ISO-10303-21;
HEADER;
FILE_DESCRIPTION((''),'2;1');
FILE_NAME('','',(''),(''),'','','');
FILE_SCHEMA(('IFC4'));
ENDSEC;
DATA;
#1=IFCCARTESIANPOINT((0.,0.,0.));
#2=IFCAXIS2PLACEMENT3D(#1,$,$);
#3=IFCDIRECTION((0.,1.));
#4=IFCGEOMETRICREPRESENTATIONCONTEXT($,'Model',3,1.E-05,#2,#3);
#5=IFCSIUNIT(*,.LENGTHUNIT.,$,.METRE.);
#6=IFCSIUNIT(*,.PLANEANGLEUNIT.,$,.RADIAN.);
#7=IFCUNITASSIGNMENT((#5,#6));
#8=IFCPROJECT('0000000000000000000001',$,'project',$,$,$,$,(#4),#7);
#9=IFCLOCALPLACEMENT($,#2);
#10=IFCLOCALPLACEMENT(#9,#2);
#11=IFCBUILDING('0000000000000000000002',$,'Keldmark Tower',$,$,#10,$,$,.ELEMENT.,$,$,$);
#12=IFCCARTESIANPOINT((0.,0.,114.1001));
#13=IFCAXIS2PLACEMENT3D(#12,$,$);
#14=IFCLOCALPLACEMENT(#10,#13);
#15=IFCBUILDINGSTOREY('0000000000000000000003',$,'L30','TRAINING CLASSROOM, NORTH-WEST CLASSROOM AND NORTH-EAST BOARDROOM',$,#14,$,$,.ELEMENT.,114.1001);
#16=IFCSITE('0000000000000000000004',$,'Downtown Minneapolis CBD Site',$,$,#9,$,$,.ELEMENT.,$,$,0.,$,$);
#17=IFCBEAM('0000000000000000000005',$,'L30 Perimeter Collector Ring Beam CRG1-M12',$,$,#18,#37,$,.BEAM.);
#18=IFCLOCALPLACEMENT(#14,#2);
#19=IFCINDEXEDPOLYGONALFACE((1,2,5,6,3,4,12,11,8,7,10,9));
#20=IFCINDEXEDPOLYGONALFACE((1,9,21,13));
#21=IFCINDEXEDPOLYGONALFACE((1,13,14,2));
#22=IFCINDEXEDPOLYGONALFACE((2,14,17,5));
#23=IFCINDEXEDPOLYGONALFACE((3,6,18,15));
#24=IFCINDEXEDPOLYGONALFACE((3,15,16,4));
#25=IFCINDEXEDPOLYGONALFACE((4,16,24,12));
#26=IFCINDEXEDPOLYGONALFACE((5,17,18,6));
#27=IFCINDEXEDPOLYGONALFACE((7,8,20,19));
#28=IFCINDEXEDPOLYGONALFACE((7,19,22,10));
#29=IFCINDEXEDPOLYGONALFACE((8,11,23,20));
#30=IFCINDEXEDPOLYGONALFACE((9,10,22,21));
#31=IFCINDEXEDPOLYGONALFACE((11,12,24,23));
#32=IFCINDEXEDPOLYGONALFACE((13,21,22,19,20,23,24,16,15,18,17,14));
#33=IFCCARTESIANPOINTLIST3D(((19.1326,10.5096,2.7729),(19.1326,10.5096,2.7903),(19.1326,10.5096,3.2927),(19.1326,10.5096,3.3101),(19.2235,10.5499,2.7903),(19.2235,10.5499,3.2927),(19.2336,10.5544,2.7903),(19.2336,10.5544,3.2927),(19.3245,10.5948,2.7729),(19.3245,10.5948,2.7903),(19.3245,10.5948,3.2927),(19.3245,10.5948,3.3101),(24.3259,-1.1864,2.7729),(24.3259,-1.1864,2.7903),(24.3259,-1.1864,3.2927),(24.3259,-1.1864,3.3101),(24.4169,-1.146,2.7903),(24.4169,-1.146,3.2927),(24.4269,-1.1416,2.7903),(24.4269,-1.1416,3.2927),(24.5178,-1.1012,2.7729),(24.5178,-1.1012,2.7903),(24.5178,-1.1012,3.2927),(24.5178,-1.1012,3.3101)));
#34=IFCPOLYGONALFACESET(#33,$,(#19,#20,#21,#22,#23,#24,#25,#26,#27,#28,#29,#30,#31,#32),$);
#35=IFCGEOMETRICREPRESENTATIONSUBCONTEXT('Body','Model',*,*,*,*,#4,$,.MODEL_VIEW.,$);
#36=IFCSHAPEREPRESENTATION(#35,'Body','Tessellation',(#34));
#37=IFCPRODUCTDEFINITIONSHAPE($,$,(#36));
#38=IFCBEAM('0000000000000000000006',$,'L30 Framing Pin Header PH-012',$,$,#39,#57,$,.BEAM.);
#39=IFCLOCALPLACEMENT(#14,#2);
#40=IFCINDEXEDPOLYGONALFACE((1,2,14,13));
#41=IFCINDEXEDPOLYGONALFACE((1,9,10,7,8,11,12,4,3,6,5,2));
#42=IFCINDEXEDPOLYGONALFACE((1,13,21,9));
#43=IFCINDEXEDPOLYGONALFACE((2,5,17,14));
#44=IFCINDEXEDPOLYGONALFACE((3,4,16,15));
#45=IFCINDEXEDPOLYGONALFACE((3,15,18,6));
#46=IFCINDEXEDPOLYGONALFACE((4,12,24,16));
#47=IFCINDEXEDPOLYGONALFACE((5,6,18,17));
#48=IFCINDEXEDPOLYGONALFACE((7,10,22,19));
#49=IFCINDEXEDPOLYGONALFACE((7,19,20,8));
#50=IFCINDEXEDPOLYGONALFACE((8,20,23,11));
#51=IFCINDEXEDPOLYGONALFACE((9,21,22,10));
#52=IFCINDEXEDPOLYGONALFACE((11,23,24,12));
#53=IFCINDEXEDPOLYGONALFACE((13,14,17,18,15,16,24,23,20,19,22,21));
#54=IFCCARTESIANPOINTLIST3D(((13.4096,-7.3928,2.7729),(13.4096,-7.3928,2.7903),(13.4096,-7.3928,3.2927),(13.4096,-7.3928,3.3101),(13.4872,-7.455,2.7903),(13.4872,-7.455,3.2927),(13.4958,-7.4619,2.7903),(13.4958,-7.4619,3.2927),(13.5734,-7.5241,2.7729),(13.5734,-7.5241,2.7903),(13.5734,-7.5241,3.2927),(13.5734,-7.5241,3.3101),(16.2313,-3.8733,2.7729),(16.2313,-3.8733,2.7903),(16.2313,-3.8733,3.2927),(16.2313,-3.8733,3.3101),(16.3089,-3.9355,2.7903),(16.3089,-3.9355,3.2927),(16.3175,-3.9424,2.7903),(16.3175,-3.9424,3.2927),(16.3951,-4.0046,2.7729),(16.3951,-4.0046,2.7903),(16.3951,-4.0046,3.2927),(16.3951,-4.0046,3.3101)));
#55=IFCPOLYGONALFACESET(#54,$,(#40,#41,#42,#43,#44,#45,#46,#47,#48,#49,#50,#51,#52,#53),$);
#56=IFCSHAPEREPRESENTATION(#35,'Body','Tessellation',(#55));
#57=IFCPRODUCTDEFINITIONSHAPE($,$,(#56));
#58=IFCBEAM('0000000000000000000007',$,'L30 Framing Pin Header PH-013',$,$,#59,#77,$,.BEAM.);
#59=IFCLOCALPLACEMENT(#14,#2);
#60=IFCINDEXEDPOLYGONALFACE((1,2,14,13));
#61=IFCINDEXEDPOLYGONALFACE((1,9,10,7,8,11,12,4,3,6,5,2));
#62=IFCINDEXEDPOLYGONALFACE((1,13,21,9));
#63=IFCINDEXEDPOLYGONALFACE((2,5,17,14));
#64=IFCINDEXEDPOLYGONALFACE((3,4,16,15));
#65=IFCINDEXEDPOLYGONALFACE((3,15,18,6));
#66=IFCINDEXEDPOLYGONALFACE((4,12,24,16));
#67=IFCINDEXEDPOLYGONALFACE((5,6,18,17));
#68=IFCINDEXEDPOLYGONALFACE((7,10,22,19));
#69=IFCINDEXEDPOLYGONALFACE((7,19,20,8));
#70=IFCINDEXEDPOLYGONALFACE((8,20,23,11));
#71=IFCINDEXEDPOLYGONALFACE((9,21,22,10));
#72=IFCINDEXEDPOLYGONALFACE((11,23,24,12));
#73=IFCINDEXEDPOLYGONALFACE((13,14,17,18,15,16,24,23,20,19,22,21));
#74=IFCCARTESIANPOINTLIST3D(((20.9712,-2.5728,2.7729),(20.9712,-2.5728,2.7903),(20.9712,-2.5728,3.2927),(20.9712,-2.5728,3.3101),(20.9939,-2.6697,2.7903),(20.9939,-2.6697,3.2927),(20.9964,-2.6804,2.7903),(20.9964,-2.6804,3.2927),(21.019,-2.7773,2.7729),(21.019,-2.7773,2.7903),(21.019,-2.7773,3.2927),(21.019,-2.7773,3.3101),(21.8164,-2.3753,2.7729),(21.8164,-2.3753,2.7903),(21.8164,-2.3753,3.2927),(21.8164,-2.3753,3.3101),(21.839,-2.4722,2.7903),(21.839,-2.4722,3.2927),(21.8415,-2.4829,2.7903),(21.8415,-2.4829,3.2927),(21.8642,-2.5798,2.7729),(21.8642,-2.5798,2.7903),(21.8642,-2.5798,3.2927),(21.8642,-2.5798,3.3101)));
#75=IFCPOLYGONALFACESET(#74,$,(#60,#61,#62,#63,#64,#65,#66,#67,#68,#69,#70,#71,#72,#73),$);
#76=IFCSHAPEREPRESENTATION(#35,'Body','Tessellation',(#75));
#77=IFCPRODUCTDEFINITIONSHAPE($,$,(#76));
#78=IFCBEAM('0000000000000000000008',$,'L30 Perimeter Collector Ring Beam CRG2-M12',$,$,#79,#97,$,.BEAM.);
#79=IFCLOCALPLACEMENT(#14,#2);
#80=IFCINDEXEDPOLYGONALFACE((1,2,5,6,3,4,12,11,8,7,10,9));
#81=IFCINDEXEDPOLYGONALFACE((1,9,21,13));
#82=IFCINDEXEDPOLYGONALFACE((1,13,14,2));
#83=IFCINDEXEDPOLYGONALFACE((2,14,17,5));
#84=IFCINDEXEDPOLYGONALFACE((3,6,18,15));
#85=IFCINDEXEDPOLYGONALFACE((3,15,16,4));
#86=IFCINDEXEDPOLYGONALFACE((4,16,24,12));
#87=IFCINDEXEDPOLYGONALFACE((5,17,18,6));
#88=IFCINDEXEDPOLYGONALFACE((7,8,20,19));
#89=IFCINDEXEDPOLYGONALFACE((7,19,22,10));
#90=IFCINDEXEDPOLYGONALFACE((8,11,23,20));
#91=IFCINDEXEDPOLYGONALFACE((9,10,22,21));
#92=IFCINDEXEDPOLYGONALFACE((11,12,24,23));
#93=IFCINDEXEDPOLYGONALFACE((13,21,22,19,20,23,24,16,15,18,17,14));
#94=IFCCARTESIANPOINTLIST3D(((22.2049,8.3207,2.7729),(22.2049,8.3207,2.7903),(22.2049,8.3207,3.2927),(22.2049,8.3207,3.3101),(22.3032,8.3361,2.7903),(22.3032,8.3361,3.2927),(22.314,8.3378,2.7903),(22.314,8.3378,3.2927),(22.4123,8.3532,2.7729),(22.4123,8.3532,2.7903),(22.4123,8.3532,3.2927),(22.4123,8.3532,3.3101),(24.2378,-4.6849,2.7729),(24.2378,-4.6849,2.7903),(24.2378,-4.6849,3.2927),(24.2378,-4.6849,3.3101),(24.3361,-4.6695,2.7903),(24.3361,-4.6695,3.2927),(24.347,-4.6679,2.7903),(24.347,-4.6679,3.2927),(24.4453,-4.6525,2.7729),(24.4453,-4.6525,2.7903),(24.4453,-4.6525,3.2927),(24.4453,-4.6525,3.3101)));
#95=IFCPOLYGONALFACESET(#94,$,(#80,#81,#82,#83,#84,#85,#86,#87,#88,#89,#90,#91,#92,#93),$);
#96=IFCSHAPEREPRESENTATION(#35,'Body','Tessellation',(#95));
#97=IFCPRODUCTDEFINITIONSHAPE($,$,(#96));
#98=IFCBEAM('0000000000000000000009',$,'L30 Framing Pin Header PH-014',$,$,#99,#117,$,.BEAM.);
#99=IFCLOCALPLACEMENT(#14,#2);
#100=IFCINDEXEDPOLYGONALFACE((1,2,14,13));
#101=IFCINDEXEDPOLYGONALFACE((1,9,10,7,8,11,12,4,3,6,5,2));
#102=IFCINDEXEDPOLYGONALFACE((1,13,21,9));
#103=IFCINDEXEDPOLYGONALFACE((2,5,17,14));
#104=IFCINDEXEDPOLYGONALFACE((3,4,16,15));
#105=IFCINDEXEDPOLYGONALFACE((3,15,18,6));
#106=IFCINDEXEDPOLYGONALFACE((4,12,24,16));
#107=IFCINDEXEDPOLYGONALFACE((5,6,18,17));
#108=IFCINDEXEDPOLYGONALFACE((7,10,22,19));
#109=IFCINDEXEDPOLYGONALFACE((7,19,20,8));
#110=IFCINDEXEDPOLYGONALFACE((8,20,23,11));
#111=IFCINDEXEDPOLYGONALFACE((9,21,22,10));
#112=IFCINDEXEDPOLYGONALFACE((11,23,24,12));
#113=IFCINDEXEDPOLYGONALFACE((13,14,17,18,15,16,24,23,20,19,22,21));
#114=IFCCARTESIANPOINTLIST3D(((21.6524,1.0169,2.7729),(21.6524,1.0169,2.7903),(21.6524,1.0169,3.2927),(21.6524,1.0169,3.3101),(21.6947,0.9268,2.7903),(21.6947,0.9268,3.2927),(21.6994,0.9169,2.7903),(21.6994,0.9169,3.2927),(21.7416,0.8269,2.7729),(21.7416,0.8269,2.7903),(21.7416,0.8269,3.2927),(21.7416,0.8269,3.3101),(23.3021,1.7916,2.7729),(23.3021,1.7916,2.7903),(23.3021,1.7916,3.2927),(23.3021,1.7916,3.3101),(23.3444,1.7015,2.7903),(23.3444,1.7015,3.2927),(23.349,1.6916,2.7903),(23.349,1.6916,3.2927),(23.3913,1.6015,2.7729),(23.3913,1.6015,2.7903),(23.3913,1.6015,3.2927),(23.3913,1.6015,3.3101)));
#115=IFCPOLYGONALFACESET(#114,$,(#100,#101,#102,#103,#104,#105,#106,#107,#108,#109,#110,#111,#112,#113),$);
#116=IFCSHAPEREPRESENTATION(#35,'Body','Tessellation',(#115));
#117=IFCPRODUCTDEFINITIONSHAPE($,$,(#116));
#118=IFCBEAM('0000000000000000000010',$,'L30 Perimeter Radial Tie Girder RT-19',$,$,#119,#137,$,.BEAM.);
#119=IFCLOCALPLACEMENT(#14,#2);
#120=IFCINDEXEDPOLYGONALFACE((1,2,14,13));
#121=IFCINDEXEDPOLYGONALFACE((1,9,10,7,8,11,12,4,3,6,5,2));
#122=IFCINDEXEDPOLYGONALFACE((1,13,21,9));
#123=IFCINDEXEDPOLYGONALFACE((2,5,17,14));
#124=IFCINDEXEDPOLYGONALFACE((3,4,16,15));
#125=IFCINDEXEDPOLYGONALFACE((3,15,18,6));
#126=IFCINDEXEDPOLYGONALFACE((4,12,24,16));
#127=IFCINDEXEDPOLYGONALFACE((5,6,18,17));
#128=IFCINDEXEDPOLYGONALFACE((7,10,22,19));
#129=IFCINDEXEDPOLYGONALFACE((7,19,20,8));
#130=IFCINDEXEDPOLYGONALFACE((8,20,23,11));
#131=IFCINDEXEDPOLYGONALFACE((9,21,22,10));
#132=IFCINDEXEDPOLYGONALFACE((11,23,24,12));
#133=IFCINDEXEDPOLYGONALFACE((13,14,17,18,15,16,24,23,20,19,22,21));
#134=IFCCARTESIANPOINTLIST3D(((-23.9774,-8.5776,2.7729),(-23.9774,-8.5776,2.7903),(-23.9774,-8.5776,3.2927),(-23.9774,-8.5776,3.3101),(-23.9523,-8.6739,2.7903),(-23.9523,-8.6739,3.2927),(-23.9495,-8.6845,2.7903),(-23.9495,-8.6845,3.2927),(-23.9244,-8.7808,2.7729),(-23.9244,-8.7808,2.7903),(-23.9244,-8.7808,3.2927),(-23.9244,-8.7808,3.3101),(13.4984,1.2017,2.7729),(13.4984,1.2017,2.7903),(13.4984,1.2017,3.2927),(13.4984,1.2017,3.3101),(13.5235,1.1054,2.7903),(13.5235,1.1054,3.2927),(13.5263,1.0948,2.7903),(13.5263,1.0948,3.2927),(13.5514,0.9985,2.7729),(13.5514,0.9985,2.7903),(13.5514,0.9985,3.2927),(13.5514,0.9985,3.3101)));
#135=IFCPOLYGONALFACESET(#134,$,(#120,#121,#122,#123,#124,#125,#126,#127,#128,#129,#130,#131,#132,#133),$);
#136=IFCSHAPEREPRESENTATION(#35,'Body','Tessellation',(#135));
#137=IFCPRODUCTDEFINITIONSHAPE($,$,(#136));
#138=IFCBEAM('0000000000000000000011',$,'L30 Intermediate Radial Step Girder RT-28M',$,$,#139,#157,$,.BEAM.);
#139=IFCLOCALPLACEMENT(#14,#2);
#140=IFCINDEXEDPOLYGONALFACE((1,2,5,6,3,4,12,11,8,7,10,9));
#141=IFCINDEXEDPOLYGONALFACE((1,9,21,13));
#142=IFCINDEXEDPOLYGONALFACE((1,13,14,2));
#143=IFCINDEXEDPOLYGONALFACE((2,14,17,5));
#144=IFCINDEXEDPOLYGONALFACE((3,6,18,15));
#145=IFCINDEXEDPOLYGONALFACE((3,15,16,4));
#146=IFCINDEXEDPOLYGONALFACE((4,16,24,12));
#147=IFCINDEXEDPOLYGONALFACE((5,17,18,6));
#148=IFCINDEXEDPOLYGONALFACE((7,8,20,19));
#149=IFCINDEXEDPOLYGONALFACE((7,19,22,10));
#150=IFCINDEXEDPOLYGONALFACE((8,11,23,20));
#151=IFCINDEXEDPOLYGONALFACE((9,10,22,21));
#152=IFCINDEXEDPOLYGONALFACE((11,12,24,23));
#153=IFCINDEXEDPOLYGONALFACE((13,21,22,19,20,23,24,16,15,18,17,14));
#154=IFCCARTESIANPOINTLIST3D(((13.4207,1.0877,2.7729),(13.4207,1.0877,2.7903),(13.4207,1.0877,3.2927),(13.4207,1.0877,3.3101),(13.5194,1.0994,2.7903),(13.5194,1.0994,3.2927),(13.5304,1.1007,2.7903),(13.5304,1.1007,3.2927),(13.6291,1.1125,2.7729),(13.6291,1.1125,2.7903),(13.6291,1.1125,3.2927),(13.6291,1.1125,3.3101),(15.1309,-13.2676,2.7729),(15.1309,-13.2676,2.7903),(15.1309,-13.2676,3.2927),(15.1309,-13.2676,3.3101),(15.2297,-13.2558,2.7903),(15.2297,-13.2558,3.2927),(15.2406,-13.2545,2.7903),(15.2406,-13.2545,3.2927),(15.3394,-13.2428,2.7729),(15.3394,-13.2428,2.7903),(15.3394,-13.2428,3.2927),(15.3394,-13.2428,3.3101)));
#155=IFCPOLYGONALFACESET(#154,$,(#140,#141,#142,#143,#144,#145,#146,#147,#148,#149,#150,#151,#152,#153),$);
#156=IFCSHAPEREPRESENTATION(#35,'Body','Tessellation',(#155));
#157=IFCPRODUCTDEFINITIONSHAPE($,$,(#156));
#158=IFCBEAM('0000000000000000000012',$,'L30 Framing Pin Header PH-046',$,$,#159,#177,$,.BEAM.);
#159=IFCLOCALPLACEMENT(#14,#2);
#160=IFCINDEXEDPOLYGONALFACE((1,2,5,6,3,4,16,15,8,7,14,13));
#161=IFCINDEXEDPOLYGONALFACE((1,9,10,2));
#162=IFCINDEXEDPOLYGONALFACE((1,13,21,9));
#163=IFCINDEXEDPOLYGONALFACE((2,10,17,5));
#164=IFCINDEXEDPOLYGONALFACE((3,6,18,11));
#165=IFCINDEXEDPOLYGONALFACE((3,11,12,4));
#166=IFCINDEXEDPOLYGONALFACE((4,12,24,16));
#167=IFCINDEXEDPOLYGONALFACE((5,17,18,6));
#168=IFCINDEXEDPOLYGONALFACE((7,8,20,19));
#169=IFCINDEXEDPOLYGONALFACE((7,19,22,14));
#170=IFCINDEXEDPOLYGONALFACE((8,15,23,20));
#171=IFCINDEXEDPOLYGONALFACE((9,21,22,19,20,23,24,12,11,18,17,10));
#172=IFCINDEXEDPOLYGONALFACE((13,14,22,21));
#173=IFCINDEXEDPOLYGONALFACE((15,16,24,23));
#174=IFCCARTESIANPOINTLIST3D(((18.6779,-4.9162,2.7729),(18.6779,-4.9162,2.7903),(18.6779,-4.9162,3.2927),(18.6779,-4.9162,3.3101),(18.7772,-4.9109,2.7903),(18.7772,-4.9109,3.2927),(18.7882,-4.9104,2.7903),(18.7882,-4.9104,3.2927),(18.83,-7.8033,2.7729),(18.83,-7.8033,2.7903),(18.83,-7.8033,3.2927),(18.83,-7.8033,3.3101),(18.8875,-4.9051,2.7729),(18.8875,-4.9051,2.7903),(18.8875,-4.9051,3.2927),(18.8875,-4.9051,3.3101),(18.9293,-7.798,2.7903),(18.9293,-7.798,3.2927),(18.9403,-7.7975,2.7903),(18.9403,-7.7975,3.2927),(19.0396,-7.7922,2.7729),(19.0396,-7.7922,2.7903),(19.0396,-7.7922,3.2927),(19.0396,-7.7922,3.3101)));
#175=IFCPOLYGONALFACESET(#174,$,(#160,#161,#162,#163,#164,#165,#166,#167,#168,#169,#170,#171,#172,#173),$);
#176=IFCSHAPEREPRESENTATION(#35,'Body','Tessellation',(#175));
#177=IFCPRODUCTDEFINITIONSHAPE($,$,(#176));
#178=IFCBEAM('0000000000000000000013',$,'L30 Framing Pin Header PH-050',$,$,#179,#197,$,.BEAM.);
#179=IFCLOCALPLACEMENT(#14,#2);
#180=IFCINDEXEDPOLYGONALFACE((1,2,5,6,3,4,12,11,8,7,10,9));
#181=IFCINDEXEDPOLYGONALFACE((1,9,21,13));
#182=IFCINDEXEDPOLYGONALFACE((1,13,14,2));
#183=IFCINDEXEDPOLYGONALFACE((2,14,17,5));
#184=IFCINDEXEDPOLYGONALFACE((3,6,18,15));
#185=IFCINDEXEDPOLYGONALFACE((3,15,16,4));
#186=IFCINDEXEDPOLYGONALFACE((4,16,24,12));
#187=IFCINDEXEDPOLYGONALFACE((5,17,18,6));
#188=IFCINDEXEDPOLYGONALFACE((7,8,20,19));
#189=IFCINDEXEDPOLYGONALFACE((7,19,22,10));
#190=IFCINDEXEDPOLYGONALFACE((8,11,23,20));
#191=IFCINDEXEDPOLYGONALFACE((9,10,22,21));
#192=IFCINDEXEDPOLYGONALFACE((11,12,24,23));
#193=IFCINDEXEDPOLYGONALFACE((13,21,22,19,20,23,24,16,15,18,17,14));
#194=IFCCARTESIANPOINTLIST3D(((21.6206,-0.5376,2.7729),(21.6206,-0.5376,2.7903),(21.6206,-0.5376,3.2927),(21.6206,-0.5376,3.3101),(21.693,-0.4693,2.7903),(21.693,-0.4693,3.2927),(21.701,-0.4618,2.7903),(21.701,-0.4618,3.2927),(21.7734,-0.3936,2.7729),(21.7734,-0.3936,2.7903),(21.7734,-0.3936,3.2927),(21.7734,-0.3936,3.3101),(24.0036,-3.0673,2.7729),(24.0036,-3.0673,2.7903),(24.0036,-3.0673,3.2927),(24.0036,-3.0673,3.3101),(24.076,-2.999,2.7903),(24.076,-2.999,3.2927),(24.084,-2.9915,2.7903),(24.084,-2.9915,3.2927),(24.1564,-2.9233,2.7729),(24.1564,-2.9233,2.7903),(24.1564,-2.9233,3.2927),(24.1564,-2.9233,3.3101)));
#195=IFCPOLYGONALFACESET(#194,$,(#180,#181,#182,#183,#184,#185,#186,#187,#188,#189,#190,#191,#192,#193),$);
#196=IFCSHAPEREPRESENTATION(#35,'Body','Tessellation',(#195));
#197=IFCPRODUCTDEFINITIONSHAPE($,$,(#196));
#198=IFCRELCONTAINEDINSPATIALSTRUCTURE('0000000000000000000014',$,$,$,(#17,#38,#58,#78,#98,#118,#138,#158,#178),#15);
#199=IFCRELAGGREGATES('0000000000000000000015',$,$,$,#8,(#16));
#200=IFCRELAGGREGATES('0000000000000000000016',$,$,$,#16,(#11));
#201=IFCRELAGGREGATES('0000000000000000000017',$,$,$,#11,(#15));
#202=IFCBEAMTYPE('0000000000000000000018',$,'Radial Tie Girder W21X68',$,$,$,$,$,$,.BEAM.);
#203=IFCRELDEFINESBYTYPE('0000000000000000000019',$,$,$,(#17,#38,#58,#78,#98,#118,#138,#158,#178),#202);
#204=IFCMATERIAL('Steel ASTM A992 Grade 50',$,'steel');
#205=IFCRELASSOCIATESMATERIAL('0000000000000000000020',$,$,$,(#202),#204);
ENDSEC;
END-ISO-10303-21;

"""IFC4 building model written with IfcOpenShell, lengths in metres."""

from ifc_helpers import new_model, si_unit, direction, frame, origin, origin_2d, place, context, subcontext, project, spatial, i_section, extrude, material, material_profile, profile_set, type_object, element, save


model = new_model("IFC4")

# Units and contexts
model_context = context("Model", 3, precision=1e-05, world=origin(), true_north=direction((0.0, 1.0)))
body_context = subcontext(model_context, "Body", "Model", "MODEL_VIEW")
ifc_project = project(units=[si_unit("LENGTHUNIT", "METRE"), si_unit("PLANEANGLEUNIT", "RADIAN")], contexts=[model_context])

# Site, building, storey
site_placement = place(None, origin())
site = spatial("IfcSite", under=ifc_project, at=site_placement, Name="Downtown Minneapolis CBD Site", CompositionType="ELEMENT", RefElevation=0.0)
building_placement = place(site_placement, origin())
building = spatial("IfcBuilding", under=site, at=building_placement, Name="Keldmark Tower", CompositionType="ELEMENT")
storey_placement = place(building_placement, frame((0.0, 0.0, 114.1001)))
storey = spatial("IfcBuildingStorey", under=building, at=storey_placement, Name="L30", Description="TRAINING CLASSROOM, NORTH-WEST CLASSROOM AND NORTH-EAST BOARDROOM", CompositionType="ELEMENT", Elevation=114.1001)

# Beams
ifc_material_1 = material(Name="Steel ASTM A992 Grade 50", Category="steel")
ifc_material_profile_1 = material_profile(ifc_material_1, i_section(OverallWidth=0.21, OverallDepth=0.5371, WebThickness=0.011, FlangeThickness=0.0173, at=origin_2d()), Name="W21X68")
ifc_profile_set_1 = profile_set([ifc_material_profile_1], Name="Steel ASTM A992 Grade 50")
beam_type_1 = type_object("IfcBeamType", Name="Radial Tie Girder W21X68", PredefinedType="BEAM", material=ifc_profile_set_1)
beam_1_placement = place(storey_placement, frame((24.4219, -1.1438, 3.0415), z_axis=(-0.40582, 0.913953, 0.0), x_axis=(-0.913953, -0.40582, 0.0)))
element("IfcBeam", 1, at=beam_1_placement, inside=storey, type_object=beam_type_1, Name="L30 Perimeter Collector Ring Beam CRG1-M12", PredefinedType="BEAM", context=body_context, shape_type="SweptSolid", body=[
    extrude(i_section(OverallWidth=0.21, OverallDepth=0.5371, WebThickness=0.011, FlangeThickness=0.0173, at=origin_2d()), origin(), (0.0, 0.0, 1.0), 12.7971),
])
beam_2_placement = place(storey_placement, frame((16.3132, -3.939, 3.0415), z_axis=(-0.625526, -0.780203, 0.0), x_axis=(0.780203, -0.625526, 0.0)))
element("IfcBeam", 2, at=beam_2_placement, inside=storey, type_object=beam_type_1, Name="L30 Framing Pin Header PH-012", PredefinedType="BEAM", context=body_context, shape_type="SweptSolid", body=[
    extrude(i_section(OverallWidth=0.21, OverallDepth=0.5371, WebThickness=0.011, FlangeThickness=0.0173, at=origin_2d()), origin(), (0.0, 0.0, 1.0), 4.511),
])
beam_3_placement = place(storey_placement, frame((20.9951, -2.675, 3.0415), z_axis=(0.973766, 0.22755, 0.0), x_axis=(-0.22755, 0.973766, 0.0)))
element("IfcBeam", 3, at=beam_3_placement, inside=storey, type_object=beam_type_1, Name="L30 Framing Pin Header PH-013", PredefinedType="BEAM", context=body_context, shape_type="SweptSolid", body=[
    extrude(i_section(OverallWidth=0.21, OverallDepth=0.5371, WebThickness=0.011, FlangeThickness=0.0173, at=origin_2d()), origin(), (0.0, 0.0, 1.0), 0.8679),
])
beam_4_placement = place(storey_placement, frame((24.3416, -4.6687, 3.0415), z_axis=(-0.154439, 0.988002, 0.0), x_axis=(-0.988002, -0.154439, 0.0)))
element("IfcBeam", 4, at=beam_4_placement, inside=storey, type_object=beam_type_1, Name="L30 Perimeter Collector Ring Beam CRG2-M12", PredefinedType="BEAM", context=body_context, shape_type="SweptSolid", body=[
    extrude(i_section(OverallWidth=0.21, OverallDepth=0.5371, WebThickness=0.011, FlangeThickness=0.0173, at=origin_2d()), origin(), (0.0, 0.0, 1.0), 13.1636),
])
beam_5_placement = place(storey_placement, frame((21.697, 0.9219, 3.0415), z_axis=(0.905168, 0.425055, 0.0), x_axis=(-0.425055, 0.905168, 0.0)))
element("IfcBeam", 5, at=beam_5_placement, inside=storey, type_object=beam_type_1, Name="L30 Framing Pin Header PH-014", PredefinedType="BEAM", context=body_context, shape_type="SweptSolid", body=[
    extrude(i_section(OverallWidth=0.21, OverallDepth=0.5371, WebThickness=0.011, FlangeThickness=0.0173, at=origin_2d()), origin(), (0.0, 0.0, 1.0), 1.8225),
])
beam_6_placement = place(storey_placement, frame((13.5249, 1.1001, 3.0415), z_axis=(-0.967598, -0.252494, 0.0), x_axis=(0.252494, -0.967598, 0.0)))
element("IfcBeam", 6, at=beam_6_placement, inside=storey, type_object=beam_type_1, Name="L30 Perimeter Radial Tie Girder RT-19", PredefinedType="BEAM", context=body_context, shape_type="SweptSolid", body=[
    extrude(i_section(OverallWidth=0.21, OverallDepth=0.5371, WebThickness=0.011, FlangeThickness=0.0173, at=origin_2d()), origin(), (0.0, 0.0, 1.0), 38.7307),
])
beam_7_placement = place(storey_placement, frame((13.5249, 1.1001, 3.0415), z_axis=(0.118298, -0.992978, 0.0), x_axis=(0.992978, 0.118298, 0.0)))
element("IfcBeam", 7, at=beam_7_placement, inside=storey, type_object=beam_type_1, Name="L30 Intermediate Radial Step Girder RT-28M", PredefinedType="BEAM", context=body_context, shape_type="SweptSolid", body=[
    extrude(i_section(OverallWidth=0.21, OverallDepth=0.5371, WebThickness=0.011, FlangeThickness=0.0173, at=origin_2d()), origin(), (0.0, 0.0, 1.0), 14.4568),
])
beam_8_placement = place(storey_placement, frame((18.7827, -4.9106, 3.0415), z_axis=(0.052608, -0.998615, 0.0), x_axis=(0.998615, 0.052608, 0.0)))
element("IfcBeam", 8, at=beam_8_placement, inside=storey, type_object=beam_type_1, Name="L30 Framing Pin Header PH-046", PredefinedType="BEAM", context=body_context, shape_type="SweptSolid", body=[
    extrude(i_section(OverallWidth=0.21, OverallDepth=0.5371, WebThickness=0.011, FlangeThickness=0.0173, at=origin_2d()), origin(), (0.0, 0.0, 1.0), 2.8911),
])
beam_9_placement = place(storey_placement, frame((21.697, -0.4656, 3.0415), z_axis=(0.685682, -0.727901, 0.0), x_axis=(0.727901, 0.685682, 0.0)))
element("IfcBeam", 9, at=beam_9_placement, inside=storey, type_object=beam_type_1, Name="L30 Framing Pin Header PH-050", PredefinedType="BEAM", context=body_context, shape_type="SweptSolid", body=[
    extrude(i_section(OverallWidth=0.21, OverallDepth=0.5371, WebThickness=0.011, FlangeThickness=0.0173, at=origin_2d()), origin(), (0.0, 0.0, 1.0), 3.4753),
])

save(model, "model.ifc")
